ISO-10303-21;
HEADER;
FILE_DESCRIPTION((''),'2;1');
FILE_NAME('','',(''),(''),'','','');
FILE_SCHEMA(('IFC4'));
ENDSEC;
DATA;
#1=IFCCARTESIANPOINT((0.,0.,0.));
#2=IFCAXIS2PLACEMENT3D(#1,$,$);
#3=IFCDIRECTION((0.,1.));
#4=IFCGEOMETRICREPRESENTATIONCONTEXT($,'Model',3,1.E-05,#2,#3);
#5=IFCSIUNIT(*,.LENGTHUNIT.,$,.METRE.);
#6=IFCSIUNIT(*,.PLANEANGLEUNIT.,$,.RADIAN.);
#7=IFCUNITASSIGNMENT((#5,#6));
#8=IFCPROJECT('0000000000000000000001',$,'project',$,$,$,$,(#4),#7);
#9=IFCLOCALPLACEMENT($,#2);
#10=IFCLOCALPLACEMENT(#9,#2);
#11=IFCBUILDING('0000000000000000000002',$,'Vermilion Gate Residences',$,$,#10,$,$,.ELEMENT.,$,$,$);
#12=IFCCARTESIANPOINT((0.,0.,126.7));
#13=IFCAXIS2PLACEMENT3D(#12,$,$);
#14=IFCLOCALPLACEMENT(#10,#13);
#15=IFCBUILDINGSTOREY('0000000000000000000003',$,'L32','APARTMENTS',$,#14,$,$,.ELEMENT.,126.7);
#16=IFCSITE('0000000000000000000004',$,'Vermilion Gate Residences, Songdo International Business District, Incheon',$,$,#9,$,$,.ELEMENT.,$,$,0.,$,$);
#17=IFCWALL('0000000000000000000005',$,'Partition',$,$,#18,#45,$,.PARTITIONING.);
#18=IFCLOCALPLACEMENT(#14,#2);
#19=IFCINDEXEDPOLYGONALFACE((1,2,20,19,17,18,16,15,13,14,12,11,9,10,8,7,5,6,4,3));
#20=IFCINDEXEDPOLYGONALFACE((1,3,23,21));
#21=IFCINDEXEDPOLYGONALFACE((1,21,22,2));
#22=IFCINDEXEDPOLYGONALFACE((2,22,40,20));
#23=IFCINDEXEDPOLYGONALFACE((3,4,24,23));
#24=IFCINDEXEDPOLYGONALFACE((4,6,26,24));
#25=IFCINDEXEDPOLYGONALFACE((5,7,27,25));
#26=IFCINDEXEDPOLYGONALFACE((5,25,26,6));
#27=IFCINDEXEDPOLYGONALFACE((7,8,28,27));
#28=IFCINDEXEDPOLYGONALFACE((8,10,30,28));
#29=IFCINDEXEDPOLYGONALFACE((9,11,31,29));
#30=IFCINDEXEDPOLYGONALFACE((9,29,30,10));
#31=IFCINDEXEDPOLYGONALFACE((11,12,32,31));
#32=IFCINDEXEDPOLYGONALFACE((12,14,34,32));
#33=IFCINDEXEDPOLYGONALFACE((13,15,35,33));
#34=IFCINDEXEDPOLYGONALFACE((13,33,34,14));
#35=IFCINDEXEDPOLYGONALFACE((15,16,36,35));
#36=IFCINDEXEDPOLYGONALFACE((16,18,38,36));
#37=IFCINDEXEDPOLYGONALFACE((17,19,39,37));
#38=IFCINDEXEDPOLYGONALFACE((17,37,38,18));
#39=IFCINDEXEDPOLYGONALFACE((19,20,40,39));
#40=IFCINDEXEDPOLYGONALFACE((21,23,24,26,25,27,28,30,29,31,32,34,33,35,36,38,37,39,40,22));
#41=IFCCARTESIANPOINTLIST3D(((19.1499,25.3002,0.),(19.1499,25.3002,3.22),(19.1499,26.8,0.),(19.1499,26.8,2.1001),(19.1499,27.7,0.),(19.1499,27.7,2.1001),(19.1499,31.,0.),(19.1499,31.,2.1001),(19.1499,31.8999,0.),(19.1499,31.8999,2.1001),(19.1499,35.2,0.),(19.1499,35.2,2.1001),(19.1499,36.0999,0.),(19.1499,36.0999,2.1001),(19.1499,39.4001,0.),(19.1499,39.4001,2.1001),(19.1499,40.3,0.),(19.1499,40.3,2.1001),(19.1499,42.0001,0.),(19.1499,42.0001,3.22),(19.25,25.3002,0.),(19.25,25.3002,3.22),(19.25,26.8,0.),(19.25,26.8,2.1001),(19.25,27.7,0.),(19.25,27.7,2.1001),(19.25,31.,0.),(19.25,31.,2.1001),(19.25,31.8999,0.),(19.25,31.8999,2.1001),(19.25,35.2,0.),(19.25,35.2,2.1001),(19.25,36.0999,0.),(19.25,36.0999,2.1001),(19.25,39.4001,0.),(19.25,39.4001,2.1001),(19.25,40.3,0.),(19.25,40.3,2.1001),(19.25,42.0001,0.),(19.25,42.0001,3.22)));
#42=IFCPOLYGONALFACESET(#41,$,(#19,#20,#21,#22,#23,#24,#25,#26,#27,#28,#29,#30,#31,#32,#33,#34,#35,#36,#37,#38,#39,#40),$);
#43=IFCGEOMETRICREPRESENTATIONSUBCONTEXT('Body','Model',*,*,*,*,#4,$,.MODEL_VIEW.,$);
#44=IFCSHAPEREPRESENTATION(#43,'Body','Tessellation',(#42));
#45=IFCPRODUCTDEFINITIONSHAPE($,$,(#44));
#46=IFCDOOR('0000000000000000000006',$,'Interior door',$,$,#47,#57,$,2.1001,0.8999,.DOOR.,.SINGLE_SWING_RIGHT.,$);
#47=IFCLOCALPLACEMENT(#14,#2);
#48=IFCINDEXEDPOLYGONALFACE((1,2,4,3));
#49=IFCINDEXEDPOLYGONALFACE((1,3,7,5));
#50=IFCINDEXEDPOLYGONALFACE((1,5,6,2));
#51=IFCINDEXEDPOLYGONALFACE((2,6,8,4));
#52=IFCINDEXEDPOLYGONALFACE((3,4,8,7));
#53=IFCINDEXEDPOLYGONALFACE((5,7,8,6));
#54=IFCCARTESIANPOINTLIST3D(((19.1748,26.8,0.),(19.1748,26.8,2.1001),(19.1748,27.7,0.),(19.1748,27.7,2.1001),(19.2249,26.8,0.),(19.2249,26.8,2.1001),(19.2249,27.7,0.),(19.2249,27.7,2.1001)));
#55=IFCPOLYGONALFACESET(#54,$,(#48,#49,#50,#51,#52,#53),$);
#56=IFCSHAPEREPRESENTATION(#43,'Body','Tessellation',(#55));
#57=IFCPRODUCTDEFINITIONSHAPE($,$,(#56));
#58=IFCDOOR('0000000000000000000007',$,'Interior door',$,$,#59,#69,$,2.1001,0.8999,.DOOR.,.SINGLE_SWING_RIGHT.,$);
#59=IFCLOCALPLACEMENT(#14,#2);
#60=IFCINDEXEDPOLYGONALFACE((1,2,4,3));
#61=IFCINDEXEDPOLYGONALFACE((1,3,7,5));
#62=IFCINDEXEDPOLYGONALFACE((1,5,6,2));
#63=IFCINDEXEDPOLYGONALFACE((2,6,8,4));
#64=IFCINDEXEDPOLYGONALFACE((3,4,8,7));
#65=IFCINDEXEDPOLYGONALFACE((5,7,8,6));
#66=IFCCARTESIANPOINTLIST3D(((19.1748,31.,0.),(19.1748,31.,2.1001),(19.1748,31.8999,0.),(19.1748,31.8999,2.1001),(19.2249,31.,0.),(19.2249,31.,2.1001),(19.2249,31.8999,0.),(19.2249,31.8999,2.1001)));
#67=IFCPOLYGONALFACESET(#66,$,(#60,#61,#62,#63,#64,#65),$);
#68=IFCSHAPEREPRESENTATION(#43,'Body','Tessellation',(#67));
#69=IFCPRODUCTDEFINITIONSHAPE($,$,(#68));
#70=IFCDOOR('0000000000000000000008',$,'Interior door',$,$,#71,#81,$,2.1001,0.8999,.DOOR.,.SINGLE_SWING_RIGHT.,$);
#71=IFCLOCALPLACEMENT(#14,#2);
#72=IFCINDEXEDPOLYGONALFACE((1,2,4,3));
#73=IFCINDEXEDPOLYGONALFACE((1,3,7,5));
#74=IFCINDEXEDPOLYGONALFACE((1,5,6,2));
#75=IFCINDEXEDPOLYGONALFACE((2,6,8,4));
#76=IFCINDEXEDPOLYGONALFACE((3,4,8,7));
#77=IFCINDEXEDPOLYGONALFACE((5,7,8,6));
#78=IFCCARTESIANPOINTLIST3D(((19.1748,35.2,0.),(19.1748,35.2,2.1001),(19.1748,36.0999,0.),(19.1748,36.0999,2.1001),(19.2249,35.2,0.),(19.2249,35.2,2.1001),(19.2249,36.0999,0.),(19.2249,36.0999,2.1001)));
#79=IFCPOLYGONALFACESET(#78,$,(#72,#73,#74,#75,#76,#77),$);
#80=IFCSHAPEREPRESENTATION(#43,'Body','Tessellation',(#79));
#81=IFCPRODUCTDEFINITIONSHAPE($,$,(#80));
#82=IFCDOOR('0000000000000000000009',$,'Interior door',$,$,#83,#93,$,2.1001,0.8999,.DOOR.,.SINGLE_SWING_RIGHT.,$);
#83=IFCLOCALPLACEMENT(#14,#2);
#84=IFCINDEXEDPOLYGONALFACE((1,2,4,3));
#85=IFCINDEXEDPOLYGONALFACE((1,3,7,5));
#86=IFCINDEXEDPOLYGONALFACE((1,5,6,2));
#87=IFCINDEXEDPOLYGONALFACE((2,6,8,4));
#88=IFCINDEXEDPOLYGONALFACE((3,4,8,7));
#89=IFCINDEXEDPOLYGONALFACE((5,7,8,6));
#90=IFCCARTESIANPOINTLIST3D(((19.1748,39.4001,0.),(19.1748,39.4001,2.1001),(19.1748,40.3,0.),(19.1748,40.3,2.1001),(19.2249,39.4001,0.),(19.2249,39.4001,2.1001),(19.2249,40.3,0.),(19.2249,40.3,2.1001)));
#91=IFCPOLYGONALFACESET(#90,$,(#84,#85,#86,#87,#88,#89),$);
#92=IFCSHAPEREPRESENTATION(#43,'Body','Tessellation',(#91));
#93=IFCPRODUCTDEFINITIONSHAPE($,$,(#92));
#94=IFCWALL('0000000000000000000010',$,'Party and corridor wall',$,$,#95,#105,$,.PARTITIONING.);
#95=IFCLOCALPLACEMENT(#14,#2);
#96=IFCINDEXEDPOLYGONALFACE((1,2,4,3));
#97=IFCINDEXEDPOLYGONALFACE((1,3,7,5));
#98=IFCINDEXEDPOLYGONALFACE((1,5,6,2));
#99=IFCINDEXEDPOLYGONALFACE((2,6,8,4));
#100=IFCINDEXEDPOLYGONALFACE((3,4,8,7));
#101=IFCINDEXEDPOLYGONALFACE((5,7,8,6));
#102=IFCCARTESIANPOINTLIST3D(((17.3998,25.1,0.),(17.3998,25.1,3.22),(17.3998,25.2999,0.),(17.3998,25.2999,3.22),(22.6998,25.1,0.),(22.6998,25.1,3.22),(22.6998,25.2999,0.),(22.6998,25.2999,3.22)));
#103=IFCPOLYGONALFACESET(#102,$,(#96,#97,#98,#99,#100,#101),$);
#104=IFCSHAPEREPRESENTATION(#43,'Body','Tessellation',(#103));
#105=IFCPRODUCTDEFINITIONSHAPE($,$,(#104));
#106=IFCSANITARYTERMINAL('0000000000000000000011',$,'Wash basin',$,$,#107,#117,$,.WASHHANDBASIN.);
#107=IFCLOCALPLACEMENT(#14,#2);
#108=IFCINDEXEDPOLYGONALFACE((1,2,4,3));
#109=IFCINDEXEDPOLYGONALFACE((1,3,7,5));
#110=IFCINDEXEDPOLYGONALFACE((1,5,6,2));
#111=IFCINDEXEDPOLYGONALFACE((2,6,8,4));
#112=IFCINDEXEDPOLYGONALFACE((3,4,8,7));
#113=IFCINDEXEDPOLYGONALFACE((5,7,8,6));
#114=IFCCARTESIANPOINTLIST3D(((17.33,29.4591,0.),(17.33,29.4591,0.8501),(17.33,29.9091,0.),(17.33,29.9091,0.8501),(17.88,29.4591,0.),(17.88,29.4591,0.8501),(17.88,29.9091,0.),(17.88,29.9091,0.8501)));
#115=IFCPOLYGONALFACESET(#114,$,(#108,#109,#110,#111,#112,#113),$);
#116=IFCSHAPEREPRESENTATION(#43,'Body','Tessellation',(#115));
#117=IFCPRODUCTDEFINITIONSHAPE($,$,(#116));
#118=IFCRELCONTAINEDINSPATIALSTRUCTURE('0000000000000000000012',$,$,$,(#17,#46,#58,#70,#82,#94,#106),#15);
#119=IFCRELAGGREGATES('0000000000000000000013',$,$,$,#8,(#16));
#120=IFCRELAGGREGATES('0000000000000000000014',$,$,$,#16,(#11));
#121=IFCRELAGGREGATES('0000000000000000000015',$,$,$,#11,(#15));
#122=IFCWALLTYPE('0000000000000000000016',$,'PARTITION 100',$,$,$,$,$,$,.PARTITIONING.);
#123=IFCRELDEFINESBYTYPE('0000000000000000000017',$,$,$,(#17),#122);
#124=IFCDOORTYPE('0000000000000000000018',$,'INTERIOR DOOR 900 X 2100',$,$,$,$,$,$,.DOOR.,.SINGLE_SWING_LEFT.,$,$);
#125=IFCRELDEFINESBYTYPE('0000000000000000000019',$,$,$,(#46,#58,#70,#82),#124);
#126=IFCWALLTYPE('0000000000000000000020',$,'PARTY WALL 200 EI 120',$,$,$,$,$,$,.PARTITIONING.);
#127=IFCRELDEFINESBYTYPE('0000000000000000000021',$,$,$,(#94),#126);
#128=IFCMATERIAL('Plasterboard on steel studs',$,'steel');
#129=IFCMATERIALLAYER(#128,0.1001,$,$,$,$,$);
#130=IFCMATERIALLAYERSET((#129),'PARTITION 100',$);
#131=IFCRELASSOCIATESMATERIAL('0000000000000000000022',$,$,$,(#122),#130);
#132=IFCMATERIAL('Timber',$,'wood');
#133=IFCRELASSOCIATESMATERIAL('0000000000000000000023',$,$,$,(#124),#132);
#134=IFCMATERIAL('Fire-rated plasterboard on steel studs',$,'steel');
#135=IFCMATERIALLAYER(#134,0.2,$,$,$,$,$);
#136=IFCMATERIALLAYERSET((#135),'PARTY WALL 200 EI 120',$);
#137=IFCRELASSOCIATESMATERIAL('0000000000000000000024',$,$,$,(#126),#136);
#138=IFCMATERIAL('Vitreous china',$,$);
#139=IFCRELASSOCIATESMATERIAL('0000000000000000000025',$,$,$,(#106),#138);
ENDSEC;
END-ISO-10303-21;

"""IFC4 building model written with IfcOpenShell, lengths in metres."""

from ifc_helpers import new_model, si_unit, direction, frame, frame_2d, origin, origin_2d, place, context, subcontext, project, spatial, rectangle, extrude, material, layer, layer_set, type_object, element, fill, save


model = new_model("IFC4")

# Units and contexts
model_context = context("Model", 3, precision=1e-05, world=origin(), true_north=direction((0.0, 1.0)))
body_context = subcontext(model_context, "Body", "Model", "MODEL_VIEW")
ifc_project = project(units=[si_unit("LENGTHUNIT", "METRE"), si_unit("PLANEANGLEUNIT", "RADIAN")], contexts=[model_context])

# Site, building, storey
site_placement = place(None, origin())
site = spatial("IfcSite", under=ifc_project, at=site_placement, Name="Vermilion Gate Residences, Songdo International Business District, Incheon", CompositionType="ELEMENT", RefElevation=0.0)
building_placement = place(site_placement, origin())
building = spatial("IfcBuilding", under=site, at=building_placement, Name="Vermilion Gate Residences", CompositionType="ELEMENT")
storey_placement = place(building_placement, frame((0.0, 0.0, 126.7)))
storey = spatial("IfcBuildingStorey", under=building, at=storey_placement, Name="L32", Description="APARTMENTS", CompositionType="ELEMENT", Elevation=126.7)

# Shared definitions
ifc_material_1 = material(Name="Plasterboard on steel studs", Category="steel")
ifc_layer_1 = layer(ifc_material_1, 0.1001)
ifc_layer_set_1 = layer_set([ifc_layer_1], Name="PARTITION 100")
wall_type_1 = type_object("IfcWallType", Name="PARTITION 100", PredefinedType="PARTITIONING", material=ifc_layer_set_1)

# Wall, openings, doors
ifc_material_2 = material(Name="Timber", Category="wood")
door_type_1 = type_object("IfcDoorType", Name="INTERIOR DOOR 900 X 2100", OperationType="SINGLE_SWING_LEFT", PredefinedType="DOOR", material=ifc_material_2)
wall_1_placement = place(storey_placement, frame((19.2, 25.3, 0.0), z_axis=(0.0, 0.0, 1.0), x_axis=(0.0, 1.0, 0.0)))
wall_1 = element("IfcWall", 1, at=wall_1_placement, inside=storey, type_object=wall_type_1, Name="Partition", PredefinedType="PARTITIONING", context=body_context, shape_type="SweptSolid", body=[
    extrude(rectangle(XDim=16.7, YDim=0.1001, at=frame_2d((8.3501, 0.0))), origin(), (0.0, 0.0, 1.0), 3.22),
])
opening_1_placement = place(wall_1_placement, frame((1.5, 0.0, 0.0)))
opening_1 = element("IfcOpeningElement", 2, at=opening_1_placement, cuts=wall_1, PredefinedType="OPENING", context=body_context, shape_type="SweptSolid", body=[
    extrude(rectangle(XDim=0.8999, YDim=2.1001, at=frame_2d((0.45, 1.05))), frame((0.0, 0.0601, 0.0), z_axis=(0.0, -1.0, 0.0), x_axis=(1.0, 0.0, 0.0)), (0.0, 0.0, 1.0), 0.1201),
])
opening_2_placement = place(wall_1_placement, frame((5.7, 0.0, 0.0)))
opening_2 = element("IfcOpeningElement", 3, at=opening_2_placement, cuts=wall_1, PredefinedType="OPENING", context=body_context, shape_type="SweptSolid", body=[
    extrude(rectangle(XDim=0.8999, YDim=2.1001, at=frame_2d((0.45, 1.05))), frame((0.0, 0.0601, 0.0), z_axis=(0.0, -1.0, 0.0), x_axis=(1.0, 0.0, 0.0)), (0.0, 0.0, 1.0), 0.1201),
])
opening_3_placement = place(wall_1_placement, frame((9.8999, 0.0, 0.0)))
opening_3 = element("IfcOpeningElement", 4, at=opening_3_placement, cuts=wall_1, PredefinedType="OPENING", context=body_context, shape_type="SweptSolid", body=[
    extrude(rectangle(XDim=0.8999, YDim=2.1001, at=frame_2d((0.45, 1.05))), frame((0.0, 0.0601, 0.0), z_axis=(0.0, -1.0, 0.0), x_axis=(1.0, 0.0, 0.0)), (0.0, 0.0, 1.0), 0.1201),
])
opening_4_placement = place(wall_1_placement, frame((14.1001, 0.0, 0.0)))
opening_4 = element("IfcOpeningElement", 5, at=opening_4_placement, cuts=wall_1, PredefinedType="OPENING", context=body_context, shape_type="SweptSolid", body=[
    extrude(rectangle(XDim=0.8999, YDim=2.1001, at=frame_2d((0.45, 1.05))), frame((0.0, 0.0601, 0.0), z_axis=(0.0, -1.0, 0.0), x_axis=(1.0, 0.0, 0.0)), (0.0, 0.0, 1.0), 0.1201),
])
door_1_placement = place(opening_1_placement, frame((0.8999, 0.0, 0.0), z_axis=(0.0, 0.0, 1.0), x_axis=(-1.0, 0.0, 0.0)))
door_1 = element("IfcDoor", 6, at=door_1_placement, inside=storey, type_object=door_type_1, Name="Interior door", OperationType="SINGLE_SWING_RIGHT", OverallHeight=2.1001, OverallWidth=0.8999, PredefinedType="DOOR", context=body_context, shape_type="SweptSolid", body=[
    extrude(rectangle(XDim=0.8999, YDim=2.1001, at=frame_2d((0.45, 1.05))), frame((0.0, 0.0249, 0.0), z_axis=(0.0, -1.0, 0.0), x_axis=(1.0, 0.0, 0.0)), (0.0, 0.0, 1.0), 0.05),
])
fill(opening_1, door_1)
door_2_placement = place(opening_2_placement, frame((0.8999, 0.0, 0.0), z_axis=(0.0, 0.0, 1.0), x_axis=(-1.0, 0.0, 0.0)))
door_2 = element("IfcDoor", 7, at=door_2_placement, inside=storey, type_object=door_type_1, Name="Interior door", OperationType="SINGLE_SWING_RIGHT", OverallHeight=2.1001, OverallWidth=0.8999, PredefinedType="DOOR", context=body_context, shape_type="SweptSolid", body=[
    extrude(rectangle(XDim=0.8999, YDim=2.1001, at=frame_2d((0.45, 1.05))), frame((0.0, 0.0249, 0.0), z_axis=(0.0, -1.0, 0.0), x_axis=(1.0, 0.0, 0.0)), (0.0, 0.0, 1.0), 0.05),
])
fill(opening_2, door_2)
door_3_placement = place(opening_3_placement, frame((0.8999, 0.0, 0.0), z_axis=(0.0, 0.0, 1.0), x_axis=(-1.0, 0.0, 0.0)))
door_3 = element("IfcDoor", 8, at=door_3_placement, inside=storey, type_object=door_type_1, Name="Interior door", OperationType="SINGLE_SWING_RIGHT", OverallHeight=2.1001, OverallWidth=0.8999, PredefinedType="DOOR", context=body_context, shape_type="SweptSolid", body=[
    extrude(rectangle(XDim=0.8999, YDim=2.1001, at=frame_2d((0.45, 1.05))), frame((0.0, 0.0249, 0.0), z_axis=(0.0, -1.0, 0.0), x_axis=(1.0, 0.0, 0.0)), (0.0, 0.0, 1.0), 0.05),
])
fill(opening_3, door_3)
door_4_placement = place(opening_4_placement, frame((0.8999, 0.0, 0.0), z_axis=(0.0, 0.0, 1.0), x_axis=(-1.0, 0.0, 0.0)))
door_4 = element("IfcDoor", 9, at=door_4_placement, inside=storey, type_object=door_type_1, Name="Interior door", OperationType="SINGLE_SWING_RIGHT", OverallHeight=2.1001, OverallWidth=0.8999, PredefinedType="DOOR", context=body_context, shape_type="SweptSolid", body=[
    extrude(rectangle(XDim=0.8999, YDim=2.1001, at=frame_2d((0.45, 1.05))), frame((0.0, 0.0249, 0.0), z_axis=(0.0, -1.0, 0.0), x_axis=(1.0, 0.0, 0.0)), (0.0, 0.0, 1.0), 0.05),
])
fill(opening_4, door_4)

# Wall
ifc_material_3 = material(Name="Fire-rated plasterboard on steel studs", Category="steel")
ifc_layer_2 = layer(ifc_material_3, 0.2)
ifc_layer_set_2 = layer_set([ifc_layer_2], Name="PARTY WALL 200 EI 120")
wall_type_2 = type_object("IfcWallType", Name="PARTY WALL 200 EI 120", PredefinedType="PARTITIONING", material=ifc_layer_set_2)
wall_2_placement = place(storey_placement, frame((17.3999, 25.2, 0.0), z_axis=(0.0, 0.0, 1.0), x_axis=(1.0, 0.0, 0.0)))
element("IfcWall", 10, at=wall_2_placement, inside=storey, type_object=wall_type_2, Name="Party and corridor wall", PredefinedType="PARTITIONING", context=body_context, shape_type="SweptSolid", body=[
    extrude(rectangle(XDim=5.3, YDim=0.2, at=frame_2d((2.6499, 0.0))), origin(), (0.0, 0.0, 1.0), 3.22),
])

# Sanitary terminal
ifc_material_4 = material(Name="Vitreous china")
sanitary_terminal_placement = place(storey_placement, frame((17.605, 29.6841, 0.0), z_axis=(0.0, 0.0, 1.0), x_axis=(1.0, 0.0, 0.0)))
element("IfcSanitaryTerminal", 11, at=sanitary_terminal_placement, inside=storey, material=ifc_material_4, Name="Wash basin", PredefinedType="WASHHANDBASIN", context=body_context, shape_type="SweptSolid", body=[
    extrude(rectangle(XDim=0.55, YDim=0.45, at=origin_2d()), origin(), (0.0, 0.0, 1.0), 0.8501),
])

save(model, "model.ifc")
